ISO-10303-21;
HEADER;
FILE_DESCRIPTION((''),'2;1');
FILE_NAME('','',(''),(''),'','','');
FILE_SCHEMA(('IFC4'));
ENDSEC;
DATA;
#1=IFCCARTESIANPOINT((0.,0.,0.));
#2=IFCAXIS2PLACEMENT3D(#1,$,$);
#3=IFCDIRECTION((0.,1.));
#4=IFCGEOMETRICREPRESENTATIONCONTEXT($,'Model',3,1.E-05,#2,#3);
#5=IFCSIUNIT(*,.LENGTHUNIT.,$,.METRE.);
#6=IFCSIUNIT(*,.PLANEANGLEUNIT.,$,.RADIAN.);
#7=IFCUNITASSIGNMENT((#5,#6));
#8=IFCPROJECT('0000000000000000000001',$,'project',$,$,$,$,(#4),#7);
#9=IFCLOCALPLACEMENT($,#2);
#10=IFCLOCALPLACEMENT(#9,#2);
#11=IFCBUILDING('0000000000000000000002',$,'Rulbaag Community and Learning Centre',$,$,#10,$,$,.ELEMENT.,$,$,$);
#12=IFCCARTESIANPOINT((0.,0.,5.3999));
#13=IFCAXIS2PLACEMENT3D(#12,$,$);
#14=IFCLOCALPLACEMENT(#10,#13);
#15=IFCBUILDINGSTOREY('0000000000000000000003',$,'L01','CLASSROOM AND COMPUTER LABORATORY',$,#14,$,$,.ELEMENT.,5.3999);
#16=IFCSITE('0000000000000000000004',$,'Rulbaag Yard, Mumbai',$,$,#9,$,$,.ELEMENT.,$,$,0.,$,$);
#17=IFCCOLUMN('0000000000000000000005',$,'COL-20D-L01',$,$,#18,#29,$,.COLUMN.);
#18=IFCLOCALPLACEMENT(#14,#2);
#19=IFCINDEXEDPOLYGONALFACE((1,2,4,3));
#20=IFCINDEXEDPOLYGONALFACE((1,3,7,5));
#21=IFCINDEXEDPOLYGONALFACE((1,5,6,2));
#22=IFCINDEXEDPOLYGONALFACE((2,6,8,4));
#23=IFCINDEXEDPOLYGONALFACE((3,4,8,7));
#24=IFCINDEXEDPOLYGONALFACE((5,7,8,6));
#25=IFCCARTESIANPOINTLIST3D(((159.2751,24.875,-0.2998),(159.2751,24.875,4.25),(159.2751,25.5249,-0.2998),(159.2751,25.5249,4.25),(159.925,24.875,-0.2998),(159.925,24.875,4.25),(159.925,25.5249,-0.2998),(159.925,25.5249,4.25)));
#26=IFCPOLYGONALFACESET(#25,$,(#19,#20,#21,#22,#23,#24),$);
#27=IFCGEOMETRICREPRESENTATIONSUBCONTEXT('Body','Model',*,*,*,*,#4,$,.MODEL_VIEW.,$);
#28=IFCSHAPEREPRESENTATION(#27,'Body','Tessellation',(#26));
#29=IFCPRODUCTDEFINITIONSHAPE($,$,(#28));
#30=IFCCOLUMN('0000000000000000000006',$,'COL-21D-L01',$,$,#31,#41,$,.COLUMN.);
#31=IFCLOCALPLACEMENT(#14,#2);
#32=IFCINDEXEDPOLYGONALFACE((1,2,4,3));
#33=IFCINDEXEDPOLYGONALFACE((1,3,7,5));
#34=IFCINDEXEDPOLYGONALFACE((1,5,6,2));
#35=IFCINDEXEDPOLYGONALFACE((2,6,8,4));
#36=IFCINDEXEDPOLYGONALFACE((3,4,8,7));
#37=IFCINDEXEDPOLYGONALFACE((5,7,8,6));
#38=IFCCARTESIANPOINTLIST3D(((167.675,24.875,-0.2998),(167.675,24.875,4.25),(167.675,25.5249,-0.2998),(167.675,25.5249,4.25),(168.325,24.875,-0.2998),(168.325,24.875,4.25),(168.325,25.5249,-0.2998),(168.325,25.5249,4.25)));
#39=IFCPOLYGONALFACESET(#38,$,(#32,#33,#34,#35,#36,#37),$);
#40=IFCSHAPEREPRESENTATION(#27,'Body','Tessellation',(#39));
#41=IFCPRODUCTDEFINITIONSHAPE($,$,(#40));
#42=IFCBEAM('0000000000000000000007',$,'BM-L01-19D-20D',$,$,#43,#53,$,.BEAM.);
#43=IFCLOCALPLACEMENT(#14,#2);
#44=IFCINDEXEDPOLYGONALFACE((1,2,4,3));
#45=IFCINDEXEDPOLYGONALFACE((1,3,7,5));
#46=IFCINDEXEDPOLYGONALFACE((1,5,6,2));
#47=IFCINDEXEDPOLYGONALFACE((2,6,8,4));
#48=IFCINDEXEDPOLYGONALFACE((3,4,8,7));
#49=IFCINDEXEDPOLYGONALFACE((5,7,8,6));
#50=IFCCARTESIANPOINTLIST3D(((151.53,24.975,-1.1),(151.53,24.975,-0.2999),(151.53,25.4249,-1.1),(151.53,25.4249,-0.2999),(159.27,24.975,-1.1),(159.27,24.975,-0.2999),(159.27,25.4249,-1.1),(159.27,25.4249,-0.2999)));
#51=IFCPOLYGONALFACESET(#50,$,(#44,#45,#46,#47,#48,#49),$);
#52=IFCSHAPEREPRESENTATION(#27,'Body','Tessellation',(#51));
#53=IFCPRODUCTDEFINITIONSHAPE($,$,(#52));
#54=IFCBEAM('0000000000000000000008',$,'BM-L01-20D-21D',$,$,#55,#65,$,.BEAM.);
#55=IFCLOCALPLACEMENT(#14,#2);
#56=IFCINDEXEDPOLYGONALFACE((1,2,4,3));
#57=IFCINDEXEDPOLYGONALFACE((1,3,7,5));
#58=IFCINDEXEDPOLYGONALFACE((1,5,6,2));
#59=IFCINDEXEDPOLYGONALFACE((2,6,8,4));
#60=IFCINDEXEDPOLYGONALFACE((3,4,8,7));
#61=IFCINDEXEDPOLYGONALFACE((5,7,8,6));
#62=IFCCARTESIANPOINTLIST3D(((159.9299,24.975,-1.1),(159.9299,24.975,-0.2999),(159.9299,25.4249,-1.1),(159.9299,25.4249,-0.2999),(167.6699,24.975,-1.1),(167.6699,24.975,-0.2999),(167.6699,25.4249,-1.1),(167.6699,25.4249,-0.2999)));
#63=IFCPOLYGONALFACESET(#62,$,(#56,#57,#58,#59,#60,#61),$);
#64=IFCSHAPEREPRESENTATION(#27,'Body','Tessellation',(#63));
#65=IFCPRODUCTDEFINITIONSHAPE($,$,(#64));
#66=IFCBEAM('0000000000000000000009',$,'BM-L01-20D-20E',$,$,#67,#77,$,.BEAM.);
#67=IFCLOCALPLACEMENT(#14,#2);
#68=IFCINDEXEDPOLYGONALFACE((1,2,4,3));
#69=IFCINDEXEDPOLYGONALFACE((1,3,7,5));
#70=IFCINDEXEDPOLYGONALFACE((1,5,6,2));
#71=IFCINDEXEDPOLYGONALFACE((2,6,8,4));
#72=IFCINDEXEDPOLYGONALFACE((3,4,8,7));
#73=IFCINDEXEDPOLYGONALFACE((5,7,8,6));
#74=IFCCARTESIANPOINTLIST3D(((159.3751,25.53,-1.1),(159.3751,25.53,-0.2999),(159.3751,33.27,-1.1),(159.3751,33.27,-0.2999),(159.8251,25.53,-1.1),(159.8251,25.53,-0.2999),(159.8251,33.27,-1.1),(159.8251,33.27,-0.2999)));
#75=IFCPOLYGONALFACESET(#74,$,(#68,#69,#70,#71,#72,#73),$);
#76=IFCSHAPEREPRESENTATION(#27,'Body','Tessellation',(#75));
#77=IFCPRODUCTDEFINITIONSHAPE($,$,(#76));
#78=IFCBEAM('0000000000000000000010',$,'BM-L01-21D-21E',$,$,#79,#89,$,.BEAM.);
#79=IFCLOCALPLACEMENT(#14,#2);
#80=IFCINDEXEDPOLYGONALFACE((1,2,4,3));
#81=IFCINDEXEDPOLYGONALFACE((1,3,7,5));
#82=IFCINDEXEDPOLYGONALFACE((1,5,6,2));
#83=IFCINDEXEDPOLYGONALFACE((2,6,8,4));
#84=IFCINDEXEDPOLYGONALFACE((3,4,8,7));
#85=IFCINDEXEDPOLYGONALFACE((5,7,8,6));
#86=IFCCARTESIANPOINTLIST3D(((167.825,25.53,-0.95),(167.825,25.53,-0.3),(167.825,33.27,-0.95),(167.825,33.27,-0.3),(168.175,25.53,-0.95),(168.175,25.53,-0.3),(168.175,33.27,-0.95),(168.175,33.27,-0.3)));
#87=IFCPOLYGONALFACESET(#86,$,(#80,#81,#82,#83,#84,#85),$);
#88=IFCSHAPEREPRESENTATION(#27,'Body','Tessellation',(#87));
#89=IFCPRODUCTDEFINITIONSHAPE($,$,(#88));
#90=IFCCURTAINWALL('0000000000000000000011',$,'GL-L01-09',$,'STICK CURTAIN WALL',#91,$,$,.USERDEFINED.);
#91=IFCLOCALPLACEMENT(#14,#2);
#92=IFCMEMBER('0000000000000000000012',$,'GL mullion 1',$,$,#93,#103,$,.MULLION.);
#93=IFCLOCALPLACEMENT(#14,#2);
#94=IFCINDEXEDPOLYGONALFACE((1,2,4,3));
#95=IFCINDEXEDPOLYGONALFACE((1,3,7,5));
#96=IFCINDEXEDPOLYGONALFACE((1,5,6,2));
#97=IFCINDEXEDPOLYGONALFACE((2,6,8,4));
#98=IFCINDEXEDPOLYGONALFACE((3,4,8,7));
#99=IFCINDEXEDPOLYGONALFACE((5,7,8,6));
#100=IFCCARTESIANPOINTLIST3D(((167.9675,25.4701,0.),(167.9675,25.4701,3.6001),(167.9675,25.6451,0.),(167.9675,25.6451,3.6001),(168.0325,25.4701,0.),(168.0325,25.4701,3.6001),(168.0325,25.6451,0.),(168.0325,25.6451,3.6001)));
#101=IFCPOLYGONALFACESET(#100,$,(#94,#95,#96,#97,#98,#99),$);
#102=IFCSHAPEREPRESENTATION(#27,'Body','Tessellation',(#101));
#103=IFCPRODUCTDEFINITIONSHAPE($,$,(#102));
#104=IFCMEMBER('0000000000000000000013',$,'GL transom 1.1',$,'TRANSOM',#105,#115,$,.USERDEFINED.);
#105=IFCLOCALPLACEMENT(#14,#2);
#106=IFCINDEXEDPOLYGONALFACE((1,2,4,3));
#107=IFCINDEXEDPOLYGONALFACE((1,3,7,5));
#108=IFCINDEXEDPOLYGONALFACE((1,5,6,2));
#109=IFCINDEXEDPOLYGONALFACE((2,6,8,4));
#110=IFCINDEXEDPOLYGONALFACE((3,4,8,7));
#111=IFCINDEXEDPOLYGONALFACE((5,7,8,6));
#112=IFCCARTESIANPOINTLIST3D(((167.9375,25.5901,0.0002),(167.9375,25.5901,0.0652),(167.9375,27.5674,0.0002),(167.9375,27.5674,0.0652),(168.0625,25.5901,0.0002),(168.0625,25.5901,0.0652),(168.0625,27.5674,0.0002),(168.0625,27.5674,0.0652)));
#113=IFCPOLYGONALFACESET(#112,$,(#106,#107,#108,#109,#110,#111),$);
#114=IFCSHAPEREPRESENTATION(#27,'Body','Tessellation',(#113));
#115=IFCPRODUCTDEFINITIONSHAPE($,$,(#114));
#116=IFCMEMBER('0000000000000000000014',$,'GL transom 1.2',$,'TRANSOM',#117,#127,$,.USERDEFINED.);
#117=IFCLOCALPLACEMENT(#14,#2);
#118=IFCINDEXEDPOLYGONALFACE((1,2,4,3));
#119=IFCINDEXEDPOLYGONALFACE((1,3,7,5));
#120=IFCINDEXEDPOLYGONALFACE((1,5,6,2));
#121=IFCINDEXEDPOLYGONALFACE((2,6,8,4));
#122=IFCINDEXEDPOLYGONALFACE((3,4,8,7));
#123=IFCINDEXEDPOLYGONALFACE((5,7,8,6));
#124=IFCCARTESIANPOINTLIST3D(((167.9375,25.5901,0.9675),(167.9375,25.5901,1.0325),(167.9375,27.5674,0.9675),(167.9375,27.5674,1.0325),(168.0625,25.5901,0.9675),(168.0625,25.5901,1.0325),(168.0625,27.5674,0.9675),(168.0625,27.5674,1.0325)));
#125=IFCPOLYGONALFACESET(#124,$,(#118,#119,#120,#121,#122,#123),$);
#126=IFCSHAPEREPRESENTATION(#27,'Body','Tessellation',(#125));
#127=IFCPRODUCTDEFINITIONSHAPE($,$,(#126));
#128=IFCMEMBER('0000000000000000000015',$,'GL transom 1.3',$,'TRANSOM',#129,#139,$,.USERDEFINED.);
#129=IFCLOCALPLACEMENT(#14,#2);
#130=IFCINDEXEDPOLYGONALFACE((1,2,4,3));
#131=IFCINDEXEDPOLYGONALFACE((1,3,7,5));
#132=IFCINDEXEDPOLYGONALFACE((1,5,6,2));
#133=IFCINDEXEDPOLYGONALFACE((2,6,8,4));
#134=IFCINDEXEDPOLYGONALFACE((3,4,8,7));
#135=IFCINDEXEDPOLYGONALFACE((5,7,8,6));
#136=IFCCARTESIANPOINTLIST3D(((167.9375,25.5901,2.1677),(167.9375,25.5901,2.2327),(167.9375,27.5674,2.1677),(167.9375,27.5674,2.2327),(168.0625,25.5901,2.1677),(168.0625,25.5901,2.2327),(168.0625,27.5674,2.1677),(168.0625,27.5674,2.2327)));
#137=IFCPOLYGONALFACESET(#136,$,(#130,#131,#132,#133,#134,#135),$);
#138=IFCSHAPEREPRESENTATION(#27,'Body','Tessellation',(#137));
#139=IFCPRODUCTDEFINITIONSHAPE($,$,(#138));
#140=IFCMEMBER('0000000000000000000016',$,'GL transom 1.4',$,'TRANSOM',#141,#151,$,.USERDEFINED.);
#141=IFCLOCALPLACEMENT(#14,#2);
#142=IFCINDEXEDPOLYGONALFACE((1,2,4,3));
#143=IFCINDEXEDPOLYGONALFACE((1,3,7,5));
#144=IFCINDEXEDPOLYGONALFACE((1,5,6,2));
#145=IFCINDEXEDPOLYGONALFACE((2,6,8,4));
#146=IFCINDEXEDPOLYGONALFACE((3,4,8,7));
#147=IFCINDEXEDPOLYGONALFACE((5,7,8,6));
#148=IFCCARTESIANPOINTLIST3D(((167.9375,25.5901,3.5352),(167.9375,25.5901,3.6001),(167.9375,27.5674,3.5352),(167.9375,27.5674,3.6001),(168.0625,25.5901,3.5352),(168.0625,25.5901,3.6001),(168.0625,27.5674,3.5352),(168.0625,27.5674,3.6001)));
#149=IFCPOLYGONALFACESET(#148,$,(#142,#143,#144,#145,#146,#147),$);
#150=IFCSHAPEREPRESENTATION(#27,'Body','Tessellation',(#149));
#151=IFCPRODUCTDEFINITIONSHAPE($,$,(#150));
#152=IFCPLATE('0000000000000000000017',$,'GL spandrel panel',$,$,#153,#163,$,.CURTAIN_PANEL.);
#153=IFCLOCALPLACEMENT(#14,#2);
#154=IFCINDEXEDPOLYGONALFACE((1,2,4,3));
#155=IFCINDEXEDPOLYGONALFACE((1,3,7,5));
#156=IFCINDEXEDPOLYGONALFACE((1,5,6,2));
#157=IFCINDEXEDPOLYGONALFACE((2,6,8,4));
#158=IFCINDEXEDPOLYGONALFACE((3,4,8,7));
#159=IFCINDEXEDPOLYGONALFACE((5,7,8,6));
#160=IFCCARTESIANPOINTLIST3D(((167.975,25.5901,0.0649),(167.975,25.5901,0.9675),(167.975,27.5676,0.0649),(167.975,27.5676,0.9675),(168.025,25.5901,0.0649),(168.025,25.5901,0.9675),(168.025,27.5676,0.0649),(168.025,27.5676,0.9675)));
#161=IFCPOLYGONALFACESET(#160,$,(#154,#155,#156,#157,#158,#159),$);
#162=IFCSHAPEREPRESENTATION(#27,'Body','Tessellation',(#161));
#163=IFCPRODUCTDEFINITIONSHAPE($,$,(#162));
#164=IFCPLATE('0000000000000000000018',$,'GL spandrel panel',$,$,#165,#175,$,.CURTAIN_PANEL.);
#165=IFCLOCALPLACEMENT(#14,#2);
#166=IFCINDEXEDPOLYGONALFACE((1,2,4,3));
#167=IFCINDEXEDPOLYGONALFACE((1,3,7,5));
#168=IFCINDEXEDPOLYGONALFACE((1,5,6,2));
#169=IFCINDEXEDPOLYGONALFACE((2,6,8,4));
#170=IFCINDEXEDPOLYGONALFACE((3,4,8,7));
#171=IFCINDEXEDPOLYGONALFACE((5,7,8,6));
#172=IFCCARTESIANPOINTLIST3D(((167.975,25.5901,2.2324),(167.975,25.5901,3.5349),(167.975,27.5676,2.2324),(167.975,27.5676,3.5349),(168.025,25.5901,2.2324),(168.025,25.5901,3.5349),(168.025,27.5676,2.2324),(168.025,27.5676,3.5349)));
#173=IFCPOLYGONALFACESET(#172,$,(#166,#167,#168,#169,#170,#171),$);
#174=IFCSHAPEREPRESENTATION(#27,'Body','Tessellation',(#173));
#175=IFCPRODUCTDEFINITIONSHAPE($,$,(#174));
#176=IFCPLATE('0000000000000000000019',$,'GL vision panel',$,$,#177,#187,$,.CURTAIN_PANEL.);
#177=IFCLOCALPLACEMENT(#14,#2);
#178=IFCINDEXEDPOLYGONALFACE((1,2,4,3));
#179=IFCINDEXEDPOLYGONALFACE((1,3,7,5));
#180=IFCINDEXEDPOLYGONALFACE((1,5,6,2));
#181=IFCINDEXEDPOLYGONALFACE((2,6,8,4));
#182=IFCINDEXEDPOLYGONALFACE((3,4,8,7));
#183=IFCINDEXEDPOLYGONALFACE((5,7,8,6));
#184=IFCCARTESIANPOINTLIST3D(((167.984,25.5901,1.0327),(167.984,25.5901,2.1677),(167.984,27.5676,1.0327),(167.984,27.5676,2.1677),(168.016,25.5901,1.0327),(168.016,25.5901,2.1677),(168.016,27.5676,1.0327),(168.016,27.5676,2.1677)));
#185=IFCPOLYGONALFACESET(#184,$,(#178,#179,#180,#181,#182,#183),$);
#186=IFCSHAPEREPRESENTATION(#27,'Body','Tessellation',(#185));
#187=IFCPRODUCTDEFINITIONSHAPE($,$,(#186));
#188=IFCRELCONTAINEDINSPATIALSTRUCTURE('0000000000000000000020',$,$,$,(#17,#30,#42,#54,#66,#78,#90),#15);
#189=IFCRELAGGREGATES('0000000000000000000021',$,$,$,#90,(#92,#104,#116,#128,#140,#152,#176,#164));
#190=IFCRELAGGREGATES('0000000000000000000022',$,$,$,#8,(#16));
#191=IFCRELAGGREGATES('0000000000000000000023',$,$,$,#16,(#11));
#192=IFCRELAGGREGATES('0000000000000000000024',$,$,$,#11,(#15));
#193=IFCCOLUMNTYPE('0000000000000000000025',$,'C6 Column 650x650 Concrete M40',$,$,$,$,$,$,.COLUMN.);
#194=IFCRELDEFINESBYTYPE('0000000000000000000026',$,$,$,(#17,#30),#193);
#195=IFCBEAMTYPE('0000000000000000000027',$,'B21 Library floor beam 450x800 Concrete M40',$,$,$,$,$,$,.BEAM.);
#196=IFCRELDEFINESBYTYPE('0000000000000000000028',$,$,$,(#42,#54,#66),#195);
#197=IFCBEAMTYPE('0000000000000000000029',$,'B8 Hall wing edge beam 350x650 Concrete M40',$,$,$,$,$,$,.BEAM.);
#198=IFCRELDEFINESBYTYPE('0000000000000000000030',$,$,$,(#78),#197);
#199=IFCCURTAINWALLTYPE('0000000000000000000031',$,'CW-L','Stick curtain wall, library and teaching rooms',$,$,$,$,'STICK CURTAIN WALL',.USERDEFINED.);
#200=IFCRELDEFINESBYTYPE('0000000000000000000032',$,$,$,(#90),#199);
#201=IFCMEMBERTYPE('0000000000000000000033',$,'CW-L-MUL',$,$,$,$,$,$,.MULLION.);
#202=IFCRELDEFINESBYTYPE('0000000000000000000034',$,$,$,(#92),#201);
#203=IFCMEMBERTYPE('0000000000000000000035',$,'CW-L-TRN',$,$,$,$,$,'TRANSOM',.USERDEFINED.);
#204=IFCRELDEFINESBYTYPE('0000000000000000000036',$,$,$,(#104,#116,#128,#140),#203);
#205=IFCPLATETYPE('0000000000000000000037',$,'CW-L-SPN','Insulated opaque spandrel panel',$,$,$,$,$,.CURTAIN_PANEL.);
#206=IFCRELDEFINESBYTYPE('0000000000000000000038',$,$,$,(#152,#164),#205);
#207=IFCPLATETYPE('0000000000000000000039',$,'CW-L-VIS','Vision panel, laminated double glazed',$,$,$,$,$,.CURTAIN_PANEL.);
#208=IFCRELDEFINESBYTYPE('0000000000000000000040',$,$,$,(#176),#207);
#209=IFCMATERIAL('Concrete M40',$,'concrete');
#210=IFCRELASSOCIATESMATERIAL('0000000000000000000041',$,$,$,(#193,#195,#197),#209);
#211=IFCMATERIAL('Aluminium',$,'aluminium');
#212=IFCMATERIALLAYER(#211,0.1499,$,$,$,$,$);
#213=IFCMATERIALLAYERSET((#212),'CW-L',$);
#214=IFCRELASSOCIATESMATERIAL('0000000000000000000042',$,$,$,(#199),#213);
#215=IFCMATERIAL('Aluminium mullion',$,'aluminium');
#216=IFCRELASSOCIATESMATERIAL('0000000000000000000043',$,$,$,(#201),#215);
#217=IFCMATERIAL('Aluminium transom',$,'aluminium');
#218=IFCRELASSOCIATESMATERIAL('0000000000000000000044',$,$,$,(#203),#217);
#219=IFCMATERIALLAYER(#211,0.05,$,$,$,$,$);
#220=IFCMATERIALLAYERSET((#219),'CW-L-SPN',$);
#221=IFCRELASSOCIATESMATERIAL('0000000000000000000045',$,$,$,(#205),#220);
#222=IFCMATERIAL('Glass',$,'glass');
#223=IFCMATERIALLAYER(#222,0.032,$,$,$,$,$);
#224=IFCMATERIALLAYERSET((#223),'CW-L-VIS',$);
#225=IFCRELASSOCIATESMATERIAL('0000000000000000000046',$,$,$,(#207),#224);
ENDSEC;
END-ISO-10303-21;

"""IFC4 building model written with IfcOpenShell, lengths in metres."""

from ifc_helpers import new_model, si_unit, direction, frame, origin, origin_2d, place, context, subcontext, project, spatial, rectangle, extrude, material, layer, layer_set, material_profile, profile_set, type_object, element, aggregate, save


model = new_model("IFC4")

# Units and contexts
model_context = context("Model", 3, precision=1e-05, world=origin(), true_north=direction((0.0, 1.0)))
body_context = subcontext(model_context, "Body", "Model", "MODEL_VIEW")
ifc_project = project(units=[si_unit("LENGTHUNIT", "METRE"), si_unit("PLANEANGLEUNIT", "RADIAN")], contexts=[model_context])

# Site, building, storey
site_placement = place(None, origin())
site = spatial("IfcSite", under=ifc_project, at=site_placement, Name="Rulbaag Yard, Mumbai", CompositionType="ELEMENT", RefElevation=0.0)
building_placement = place(site_placement, origin())
building = spatial("IfcBuilding", under=site, at=building_placement, Name="Rulbaag Community and Learning Centre", CompositionType="ELEMENT")
storey_placement = place(building_placement, frame((0.0, 0.0, 5.3999)))
storey = spatial("IfcBuildingStorey", under=building, at=storey_placement, Name="L01", Description="CLASSROOM AND COMPUTER LABORATORY", CompositionType="ELEMENT", Elevation=5.3999)

# Columns
ifc_material_1 = material(Name="Concrete M40", Category="concrete")
ifc_material_profile_1 = material_profile(ifc_material_1, rectangle(XDim=0.6499, YDim=0.6499, at=origin_2d()), Name="RC650x650")
ifc_profile_set_1 = profile_set([ifc_material_profile_1], Name="Concrete M40")
column_type = type_object("IfcColumnType", Name="C6 Column 650x650 Concrete M40", PredefinedType="COLUMN", material=ifc_profile_set_1)
for number, where, z_axis, x_axis, name in (
    (1, (159.6001, 25.2, -0.2998), (0.0, 0.0, 1.0), (1.0, 0.0, 0.0), "COL-20D-L01"),
    (2, (168.0, 25.2, -0.2998), (0.0, 0.0, 1.0), (1.0, 0.0, 0.0), "COL-21D-L01"),
):
    element("IfcColumn", number, at=place(storey_placement, frame(where, z_axis=z_axis, x_axis=x_axis)), inside=storey, type_object=column_type, Name=name, PredefinedType="COLUMN", context=body_context, shape_type="SweptSolid", body=[
        extrude(rectangle(XDim=0.6499, YDim=0.6499, at=origin_2d()), origin(), (0.0, 0.0, 1.0), 4.5498),
    ])

# Beams
ifc_material_profile_2 = material_profile(ifc_material_1, rectangle(XDim=0.45, YDim=0.8, at=origin_2d()), Name="RB450x800")
ifc_profile_set_2 = profile_set([ifc_material_profile_2], Name="Concrete M40")
beam_type_1 = type_object("IfcBeamType", Name="B21 Library floor beam 450x800 Concrete M40", PredefinedType="BEAM", material=ifc_profile_set_2)
for number, where, z_axis, x_axis, name in (
    (3, (151.53, 25.2, -0.7), (1.0, 0.0, 0.0), (0.0, 1.0, 0.0), "BM-L01-19D-20D"),
    (4, (159.9299, 25.2, -0.7), (1.0, 0.0, 0.0), (0.0, 1.0, 0.0), "BM-L01-20D-21D"),
    (5, (159.6001, 25.53, -0.7), (0.0, 1.0, 0.0), (-1.0, 0.0, 0.0), "BM-L01-20D-20E"),
):
    element("IfcBeam", number, at=place(storey_placement, frame(where, z_axis=z_axis, x_axis=x_axis)), inside=storey, type_object=beam_type_1, Name=name, PredefinedType="BEAM", context=body_context, shape_type="SweptSolid", body=[
        extrude(rectangle(XDim=0.45, YDim=0.8, at=origin_2d()), origin(), (0.0, 0.0, 1.0), 7.74),
    ])
ifc_material_profile_3 = material_profile(ifc_material_1, rectangle(XDim=0.3501, YDim=0.6499, at=origin_2d()), Name="RB350x650")
ifc_profile_set_3 = profile_set([ifc_material_profile_3], Name="Concrete M40")
beam_type_2 = type_object("IfcBeamType", Name="B8 Hall wing edge beam 350x650 Concrete M40", PredefinedType="BEAM", material=ifc_profile_set_3)
beam_placement = place(storey_placement, frame((168.0, 25.53, -0.625), z_axis=(0.0, 1.0, 0.0), x_axis=(-1.0, 0.0, 0.0)))
element("IfcBeam", 6, at=beam_placement, inside=storey, type_object=beam_type_2, Name="BM-L01-21D-21E", PredefinedType="BEAM", context=body_context, shape_type="SweptSolid", body=[
    extrude(rectangle(XDim=0.3501, YDim=0.6499, at=origin_2d()), origin(), (0.0, 0.0, 1.0), 7.74),
])

# Curtain wall, members, plates
ifc_material_2 = material(Name="Aluminium", Category="aluminium")
ifc_layer_1 = layer(ifc_material_2, 0.1499)
ifc_layer_set_1 = layer_set([ifc_layer_1], Name="CW-L")
curtain_wall_type = type_object("IfcCurtainWallType", Name="CW-L", Description="Stick curtain wall, library and teaching rooms", ElementType="STICK CURTAIN WALL", PredefinedType="USERDEFINED", material=ifc_layer_set_1)
curtain_wall_placement = place(storey_placement, origin())
curtain_wall = element("IfcCurtainWall", 7, at=curtain_wall_placement, inside=storey, type_object=curtain_wall_type, Name="GL-L01-09", ObjectType="STICK CURTAIN WALL", PredefinedType="USERDEFINED")
ifc_material_3 = material(Name="Aluminium mullion", Category="aluminium")
ifc_material_profile_4 = material_profile(ifc_material_3, rectangle(XDim=0.0649, YDim=0.175, at=origin_2d()), Name="AL 65x175")
ifc_profile_set_4 = profile_set([ifc_material_profile_4], Name="Aluminium mullion")
member_type_1 = type_object("IfcMemberType", Name="CW-L-MUL", PredefinedType="MULLION", material=ifc_profile_set_4)
member_1_placement = place(storey_placement, frame((168.0, 25.5576, 0.0), z_axis=(0.0, 0.0, 1.0), x_axis=(-1.0, 0.0, 0.0)))
member_1 = element("IfcMember", 8, at=member_1_placement, type_object=member_type_1, Name="GL mullion 1", PredefinedType="MULLION", context=body_context, shape_type="SweptSolid", body=[
    extrude(rectangle(XDim=0.0649, YDim=0.175, at=origin_2d()), origin(), (0.0, 0.0, 1.0), 3.6001),
])
ifc_material_4 = material(Name="Aluminium transom", Category="aluminium")
ifc_material_profile_5 = material_profile(ifc_material_4, rectangle(XDim=0.125, YDim=0.0649, at=origin_2d()), Name="AL 65x125 T")
ifc_profile_set_5 = profile_set([ifc_material_profile_5], Name="Aluminium transom")
member_type_2 = type_object("IfcMemberType", Name="CW-L-TRN", ElementType="TRANSOM", PredefinedType="USERDEFINED", material=ifc_profile_set_5)
member_2_placement = place(storey_placement, frame((168.0, 25.5901, 0.0327), z_axis=(0.0, 1.0, 0.0), x_axis=(-1.0, 0.0, 0.0)))
member_2 = element("IfcMember", 9, at=member_2_placement, type_object=member_type_2, Name="GL transom 1.1", ObjectType="TRANSOM", PredefinedType="USERDEFINED", context=body_context, shape_type="SweptSolid", body=[
    extrude(rectangle(XDim=0.125, YDim=0.0649, at=origin_2d()), origin(), (0.0, 0.0, 1.0), 1.9773),
])
member_3_placement = place(storey_placement, frame((168.0, 25.5901, 1.0), z_axis=(0.0, 1.0, 0.0), x_axis=(-1.0, 0.0, 0.0)))
member_3 = element("IfcMember", 10, at=member_3_placement, type_object=member_type_2, Name="GL transom 1.2", ObjectType="TRANSOM", PredefinedType="USERDEFINED", context=body_context, shape_type="SweptSolid", body=[
    extrude(rectangle(XDim=0.125, YDim=0.0649, at=origin_2d()), origin(), (0.0, 0.0, 1.0), 1.9773),
])
member_4_placement = place(storey_placement, frame((168.0, 25.5901, 2.2002), z_axis=(0.0, 1.0, 0.0), x_axis=(-1.0, 0.0, 0.0)))
member_4 = element("IfcMember", 11, at=member_4_placement, type_object=member_type_2, Name="GL transom 1.3", ObjectType="TRANSOM", PredefinedType="USERDEFINED", context=body_context, shape_type="SweptSolid", body=[
    extrude(rectangle(XDim=0.125, YDim=0.0649, at=origin_2d()), origin(), (0.0, 0.0, 1.0), 1.9773),
])
member_5_placement = place(storey_placement, frame((168.0, 25.5901, 3.5676), z_axis=(0.0, 1.0, 0.0), x_axis=(-1.0, 0.0, 0.0)))
member_5 = element("IfcMember", 12, at=member_5_placement, type_object=member_type_2, Name="GL transom 1.4", ObjectType="TRANSOM", PredefinedType="USERDEFINED", context=body_context, shape_type="SweptSolid", body=[
    extrude(rectangle(XDim=0.125, YDim=0.0649, at=origin_2d()), origin(), (0.0, 0.0, 1.0), 1.9773),
])
ifc_layer_2 = layer(ifc_material_2, 0.05)
ifc_layer_set_2 = layer_set([ifc_layer_2], Name="CW-L-SPN")
plate_type_1 = type_object("IfcPlateType", Name="CW-L-SPN", Description="Insulated opaque spandrel panel", PredefinedType="CURTAIN_PANEL", material=ifc_layer_set_2)
plate_1_placement = place(storey_placement, frame((168.0, 26.5789, 0.0649), z_axis=(0.0, 0.0, 1.0), x_axis=(0.0, 1.0, 0.0)))
plate_1 = element("IfcPlate", 13, at=plate_1_placement, type_object=plate_type_1, Name="GL spandrel panel", PredefinedType="CURTAIN_PANEL", context=body_context, shape_type="SweptSolid", body=[
    extrude(rectangle(XDim=1.9775, YDim=0.05, at=origin_2d()), origin(), (0.0, 0.0, 1.0), 0.9026),
])
plate_2_placement = place(storey_placement, frame((168.0, 26.5789, 2.2324), z_axis=(0.0, 0.0, 1.0), x_axis=(0.0, 1.0, 0.0)))
plate_2 = element("IfcPlate", 14, at=plate_2_placement, type_object=plate_type_1, Name="GL spandrel panel", PredefinedType="CURTAIN_PANEL", context=body_context, shape_type="SweptSolid", body=[
    extrude(rectangle(XDim=1.9775, YDim=0.05, at=origin_2d()), origin(), (0.0, 0.0, 1.0), 1.3025),
])
ifc_material_5 = material(Name="Glass", Category="glass")
ifc_layer_3 = layer(ifc_material_5, 0.032)
ifc_layer_set_3 = layer_set([ifc_layer_3], Name="CW-L-VIS")
plate_type_2 = type_object("IfcPlateType", Name="CW-L-VIS", Description="Vision panel, laminated double glazed", PredefinedType="CURTAIN_PANEL", material=ifc_layer_set_3)
plate_3_placement = place(storey_placement, frame((168.0, 26.5789, 1.0327), z_axis=(0.0, 0.0, 1.0), x_axis=(0.0, 1.0, 0.0)))
plate_3 = element("IfcPlate", 15, at=plate_3_placement, type_object=plate_type_2, Name="GL vision panel", PredefinedType="CURTAIN_PANEL", context=body_context, shape_type="SweptSolid", body=[
    extrude(rectangle(XDim=1.9775, YDim=0.032, at=origin_2d()), origin(), (0.0, 0.0, 1.0), 1.135),
])
aggregate(curtain_wall, [member_1, member_2, member_3, member_4, member_5, plate_1, plate_3, plate_2])

save(model, "model.ifc")
